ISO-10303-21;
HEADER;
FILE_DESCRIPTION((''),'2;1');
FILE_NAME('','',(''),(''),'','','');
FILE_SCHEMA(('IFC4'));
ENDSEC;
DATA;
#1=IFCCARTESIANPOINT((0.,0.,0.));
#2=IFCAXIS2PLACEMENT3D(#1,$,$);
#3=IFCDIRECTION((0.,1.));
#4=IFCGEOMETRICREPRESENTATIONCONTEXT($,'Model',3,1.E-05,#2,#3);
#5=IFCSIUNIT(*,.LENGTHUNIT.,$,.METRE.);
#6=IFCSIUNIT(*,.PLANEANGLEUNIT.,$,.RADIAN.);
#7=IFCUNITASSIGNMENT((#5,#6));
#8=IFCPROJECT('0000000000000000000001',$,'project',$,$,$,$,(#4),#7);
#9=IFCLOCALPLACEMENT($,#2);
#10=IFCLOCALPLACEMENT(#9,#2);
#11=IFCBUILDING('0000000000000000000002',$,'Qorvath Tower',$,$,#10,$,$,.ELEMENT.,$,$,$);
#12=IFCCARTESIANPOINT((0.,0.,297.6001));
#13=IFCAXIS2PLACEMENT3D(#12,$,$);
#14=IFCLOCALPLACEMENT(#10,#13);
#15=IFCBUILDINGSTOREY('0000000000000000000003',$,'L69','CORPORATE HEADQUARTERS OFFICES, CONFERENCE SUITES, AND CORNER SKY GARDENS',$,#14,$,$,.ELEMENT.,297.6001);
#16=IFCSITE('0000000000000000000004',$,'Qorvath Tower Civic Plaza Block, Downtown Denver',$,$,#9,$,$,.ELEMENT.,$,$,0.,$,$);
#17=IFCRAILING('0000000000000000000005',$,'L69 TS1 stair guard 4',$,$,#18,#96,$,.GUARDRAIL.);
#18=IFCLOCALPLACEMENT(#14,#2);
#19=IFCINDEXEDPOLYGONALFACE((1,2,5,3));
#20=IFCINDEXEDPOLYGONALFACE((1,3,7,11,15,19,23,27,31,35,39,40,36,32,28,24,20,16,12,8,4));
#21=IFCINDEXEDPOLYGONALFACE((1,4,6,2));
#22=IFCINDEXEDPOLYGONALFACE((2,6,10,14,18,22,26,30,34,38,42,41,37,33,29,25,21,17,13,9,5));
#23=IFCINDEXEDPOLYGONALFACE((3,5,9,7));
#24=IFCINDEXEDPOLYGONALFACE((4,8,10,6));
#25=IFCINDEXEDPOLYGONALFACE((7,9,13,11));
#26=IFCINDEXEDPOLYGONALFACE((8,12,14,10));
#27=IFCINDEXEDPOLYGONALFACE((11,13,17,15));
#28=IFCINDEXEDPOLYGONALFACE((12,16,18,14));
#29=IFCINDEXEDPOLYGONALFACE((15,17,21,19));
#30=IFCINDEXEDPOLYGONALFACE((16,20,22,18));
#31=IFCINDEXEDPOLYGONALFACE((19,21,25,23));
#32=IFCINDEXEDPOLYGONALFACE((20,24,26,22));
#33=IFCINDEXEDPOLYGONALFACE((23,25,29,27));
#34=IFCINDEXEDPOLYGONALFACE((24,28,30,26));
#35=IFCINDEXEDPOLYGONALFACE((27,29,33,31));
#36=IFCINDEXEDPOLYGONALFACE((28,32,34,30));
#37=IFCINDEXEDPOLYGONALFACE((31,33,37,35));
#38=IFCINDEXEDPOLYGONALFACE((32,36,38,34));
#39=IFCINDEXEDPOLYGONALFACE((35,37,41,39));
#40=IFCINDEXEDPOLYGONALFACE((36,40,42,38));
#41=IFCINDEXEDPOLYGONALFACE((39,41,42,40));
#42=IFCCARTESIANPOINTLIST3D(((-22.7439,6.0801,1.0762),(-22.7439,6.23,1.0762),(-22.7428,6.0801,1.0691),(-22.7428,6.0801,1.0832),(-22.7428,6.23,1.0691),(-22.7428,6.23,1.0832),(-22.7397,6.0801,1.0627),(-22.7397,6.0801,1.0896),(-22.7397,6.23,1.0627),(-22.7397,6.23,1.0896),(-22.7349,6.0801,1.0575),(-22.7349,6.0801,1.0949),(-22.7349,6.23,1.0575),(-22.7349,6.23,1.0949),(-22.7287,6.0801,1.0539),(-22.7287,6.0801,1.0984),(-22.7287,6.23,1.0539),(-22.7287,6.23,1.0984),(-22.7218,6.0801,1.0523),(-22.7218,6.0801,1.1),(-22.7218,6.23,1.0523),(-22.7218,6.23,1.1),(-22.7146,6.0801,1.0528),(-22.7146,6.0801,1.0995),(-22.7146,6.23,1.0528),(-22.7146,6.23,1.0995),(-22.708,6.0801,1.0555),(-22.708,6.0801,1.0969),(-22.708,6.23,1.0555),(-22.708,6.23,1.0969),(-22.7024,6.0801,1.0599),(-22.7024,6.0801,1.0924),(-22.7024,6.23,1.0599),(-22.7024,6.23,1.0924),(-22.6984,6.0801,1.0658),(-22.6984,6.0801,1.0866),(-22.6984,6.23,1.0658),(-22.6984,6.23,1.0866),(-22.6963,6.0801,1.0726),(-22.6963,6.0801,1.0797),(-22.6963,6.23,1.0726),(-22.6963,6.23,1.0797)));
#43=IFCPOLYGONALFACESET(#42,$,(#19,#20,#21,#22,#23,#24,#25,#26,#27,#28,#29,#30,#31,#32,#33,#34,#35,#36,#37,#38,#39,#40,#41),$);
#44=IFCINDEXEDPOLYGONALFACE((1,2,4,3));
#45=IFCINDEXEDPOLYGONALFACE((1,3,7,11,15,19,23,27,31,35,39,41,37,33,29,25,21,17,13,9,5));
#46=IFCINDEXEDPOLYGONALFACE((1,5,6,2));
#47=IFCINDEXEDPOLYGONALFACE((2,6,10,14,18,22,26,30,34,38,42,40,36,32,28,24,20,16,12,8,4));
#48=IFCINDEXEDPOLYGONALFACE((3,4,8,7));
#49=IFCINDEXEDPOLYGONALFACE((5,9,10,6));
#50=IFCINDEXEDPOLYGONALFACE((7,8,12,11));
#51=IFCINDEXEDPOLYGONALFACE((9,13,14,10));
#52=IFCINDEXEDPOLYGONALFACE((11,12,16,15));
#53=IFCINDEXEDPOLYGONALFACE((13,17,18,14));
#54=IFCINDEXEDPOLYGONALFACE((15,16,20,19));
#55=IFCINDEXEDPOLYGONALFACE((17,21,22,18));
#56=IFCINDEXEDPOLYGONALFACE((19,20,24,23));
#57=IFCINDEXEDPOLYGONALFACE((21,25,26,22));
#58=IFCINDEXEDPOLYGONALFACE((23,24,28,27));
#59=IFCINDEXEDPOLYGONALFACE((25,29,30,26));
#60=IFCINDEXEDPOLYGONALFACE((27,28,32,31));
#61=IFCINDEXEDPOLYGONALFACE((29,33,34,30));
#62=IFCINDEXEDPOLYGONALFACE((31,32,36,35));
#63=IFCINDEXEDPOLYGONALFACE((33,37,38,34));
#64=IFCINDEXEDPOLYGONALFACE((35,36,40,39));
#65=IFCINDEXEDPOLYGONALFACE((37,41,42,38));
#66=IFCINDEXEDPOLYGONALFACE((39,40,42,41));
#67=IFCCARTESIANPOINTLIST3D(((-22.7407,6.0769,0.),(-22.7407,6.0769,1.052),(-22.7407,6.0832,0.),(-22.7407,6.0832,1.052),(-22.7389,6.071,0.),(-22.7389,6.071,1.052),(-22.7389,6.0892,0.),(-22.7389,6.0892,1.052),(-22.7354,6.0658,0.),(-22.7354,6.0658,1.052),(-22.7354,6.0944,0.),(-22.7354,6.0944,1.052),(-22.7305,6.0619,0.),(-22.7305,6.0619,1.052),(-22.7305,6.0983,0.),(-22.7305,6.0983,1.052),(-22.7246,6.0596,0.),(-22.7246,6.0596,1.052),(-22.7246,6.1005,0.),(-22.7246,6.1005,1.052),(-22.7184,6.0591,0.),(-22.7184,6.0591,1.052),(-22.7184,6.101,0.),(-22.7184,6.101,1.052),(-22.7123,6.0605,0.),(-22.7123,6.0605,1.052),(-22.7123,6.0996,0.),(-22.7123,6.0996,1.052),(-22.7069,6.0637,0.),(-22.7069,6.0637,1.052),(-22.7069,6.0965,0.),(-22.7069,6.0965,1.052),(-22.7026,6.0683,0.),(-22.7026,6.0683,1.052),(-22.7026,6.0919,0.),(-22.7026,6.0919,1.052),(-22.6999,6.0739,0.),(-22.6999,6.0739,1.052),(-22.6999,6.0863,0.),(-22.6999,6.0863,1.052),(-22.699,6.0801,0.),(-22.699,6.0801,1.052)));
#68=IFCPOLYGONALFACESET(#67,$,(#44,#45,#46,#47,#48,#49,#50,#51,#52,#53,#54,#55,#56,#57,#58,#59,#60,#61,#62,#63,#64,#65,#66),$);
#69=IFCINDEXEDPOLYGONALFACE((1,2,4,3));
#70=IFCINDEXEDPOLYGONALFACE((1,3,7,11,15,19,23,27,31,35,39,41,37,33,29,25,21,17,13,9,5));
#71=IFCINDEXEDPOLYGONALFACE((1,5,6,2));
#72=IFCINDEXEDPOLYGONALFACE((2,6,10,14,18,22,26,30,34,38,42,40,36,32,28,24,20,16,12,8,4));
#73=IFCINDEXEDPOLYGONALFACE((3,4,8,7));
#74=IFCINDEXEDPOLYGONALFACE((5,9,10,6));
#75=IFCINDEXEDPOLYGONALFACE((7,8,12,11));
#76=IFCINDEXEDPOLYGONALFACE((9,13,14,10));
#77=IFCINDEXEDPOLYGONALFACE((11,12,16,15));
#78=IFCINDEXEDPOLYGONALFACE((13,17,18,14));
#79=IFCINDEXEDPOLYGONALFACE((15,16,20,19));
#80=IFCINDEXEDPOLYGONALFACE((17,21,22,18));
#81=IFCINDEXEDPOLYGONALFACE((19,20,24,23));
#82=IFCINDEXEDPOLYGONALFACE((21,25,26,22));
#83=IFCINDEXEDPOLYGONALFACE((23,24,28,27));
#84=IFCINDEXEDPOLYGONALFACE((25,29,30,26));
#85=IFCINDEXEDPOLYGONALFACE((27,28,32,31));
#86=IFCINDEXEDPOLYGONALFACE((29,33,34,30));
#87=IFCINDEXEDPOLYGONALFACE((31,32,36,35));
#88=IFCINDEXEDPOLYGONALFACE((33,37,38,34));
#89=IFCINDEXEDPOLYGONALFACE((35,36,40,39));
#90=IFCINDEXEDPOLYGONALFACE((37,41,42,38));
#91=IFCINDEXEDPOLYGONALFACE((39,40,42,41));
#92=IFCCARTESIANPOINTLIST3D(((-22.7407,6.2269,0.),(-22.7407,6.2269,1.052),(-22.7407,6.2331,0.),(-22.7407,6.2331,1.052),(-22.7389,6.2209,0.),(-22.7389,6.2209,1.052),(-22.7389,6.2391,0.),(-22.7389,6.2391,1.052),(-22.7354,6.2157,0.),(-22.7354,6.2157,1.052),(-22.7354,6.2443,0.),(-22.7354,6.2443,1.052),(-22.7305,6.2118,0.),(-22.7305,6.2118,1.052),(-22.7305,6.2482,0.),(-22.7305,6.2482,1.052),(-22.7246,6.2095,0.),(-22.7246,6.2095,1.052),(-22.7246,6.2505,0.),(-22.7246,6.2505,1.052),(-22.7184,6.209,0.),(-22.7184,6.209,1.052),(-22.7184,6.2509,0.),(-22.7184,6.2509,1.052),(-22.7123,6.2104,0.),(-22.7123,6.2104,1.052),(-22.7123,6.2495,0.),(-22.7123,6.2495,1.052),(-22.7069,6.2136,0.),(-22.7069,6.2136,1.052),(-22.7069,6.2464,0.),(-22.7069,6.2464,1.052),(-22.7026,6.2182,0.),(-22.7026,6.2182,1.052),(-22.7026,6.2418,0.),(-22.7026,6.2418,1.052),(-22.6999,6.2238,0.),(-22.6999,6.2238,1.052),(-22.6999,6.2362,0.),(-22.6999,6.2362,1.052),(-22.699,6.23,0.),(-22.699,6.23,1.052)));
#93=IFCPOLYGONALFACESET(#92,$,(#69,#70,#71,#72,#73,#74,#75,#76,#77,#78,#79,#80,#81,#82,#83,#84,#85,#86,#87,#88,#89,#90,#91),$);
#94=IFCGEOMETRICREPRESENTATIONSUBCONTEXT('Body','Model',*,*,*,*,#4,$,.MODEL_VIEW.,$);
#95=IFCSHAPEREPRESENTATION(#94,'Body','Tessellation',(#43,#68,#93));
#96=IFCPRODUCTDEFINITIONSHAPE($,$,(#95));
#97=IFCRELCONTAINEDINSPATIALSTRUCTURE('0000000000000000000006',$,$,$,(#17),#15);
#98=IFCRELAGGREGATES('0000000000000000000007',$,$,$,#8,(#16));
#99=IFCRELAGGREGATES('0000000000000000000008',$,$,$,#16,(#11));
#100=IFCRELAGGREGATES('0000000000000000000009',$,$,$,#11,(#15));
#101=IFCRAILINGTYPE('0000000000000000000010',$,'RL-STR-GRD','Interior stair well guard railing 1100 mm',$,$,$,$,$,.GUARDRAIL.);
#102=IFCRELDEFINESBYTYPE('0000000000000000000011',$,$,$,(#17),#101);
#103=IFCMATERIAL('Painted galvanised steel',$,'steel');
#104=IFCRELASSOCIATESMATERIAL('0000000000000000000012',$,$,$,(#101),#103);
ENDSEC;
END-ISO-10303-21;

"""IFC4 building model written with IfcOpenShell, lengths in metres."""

from ifc_helpers import new_model, si_unit, direction, frame, origin, origin_2d, place, context, subcontext, project, spatial, circle, extrude, material, type_object, element, save


model = new_model("IFC4")

# Units and contexts
model_context = context("Model", 3, precision=1e-05, world=origin(), true_north=direction((0.0, 1.0)))
body_context = subcontext(model_context, "Body", "Model", "MODEL_VIEW")
ifc_project = project(units=[si_unit("LENGTHUNIT", "METRE"), si_unit("PLANEANGLEUNIT", "RADIAN")], contexts=[model_context])

# Site, building, storey
site_placement = place(None, origin())
site = spatial("IfcSite", under=ifc_project, at=site_placement, Name="Qorvath Tower Civic Plaza Block, Downtown Denver", CompositionType="ELEMENT", RefElevation=0.0)
building_placement = place(site_placement, origin())
building = spatial("IfcBuilding", under=site, at=building_placement, Name="Qorvath Tower", CompositionType="ELEMENT")
storey_placement = place(building_placement, frame((0.0, 0.0, 297.6001)))
storey = spatial("IfcBuildingStorey", under=building, at=storey_placement, Name="L69", Description="CORPORATE HEADQUARTERS OFFICES, CONFERENCE SUITES, AND CORNER SKY GARDENS", CompositionType="ELEMENT", Elevation=297.6001)

# Railing
ifc_material_1 = material(Name="Painted galvanised steel", Category="steel")
railing_type_1 = type_object("IfcRailingType", Name="RL-STR-GRD", Description="Interior stair well guard railing 1100 mm", PredefinedType="GUARDRAIL", material=ifc_material_1)
railing_1_placement = place(storey_placement, frame((-22.72, 6.0801, 0.0)))
element("IfcRailing", 1, at=railing_1_placement, inside=storey, type_object=railing_type_1, Name="L69 TS1 stair guard 4", PredefinedType="GUARDRAIL", context=body_context, shape_type="SweptSolid", body=[
    extrude(circle(Radius=0.0239, at=origin_2d()), frame((0.0, 0.0, 1.0762), z_axis=(0.0, 1.0, 0.0), x_axis=(-1.0, 0.0, 0.0)), (0.0, 0.0, 1.0), 0.1499),
    extrude(circle(Radius=0.021, at=origin_2d()), origin(), (0.0, 0.0, 1.0), 1.052),
    extrude(circle(Radius=0.021, at=origin_2d()), frame((0.0, 0.1499, 0.0)), (0.0, 0.0, 1.0), 1.052),
])

save(model, "model.ifc")
